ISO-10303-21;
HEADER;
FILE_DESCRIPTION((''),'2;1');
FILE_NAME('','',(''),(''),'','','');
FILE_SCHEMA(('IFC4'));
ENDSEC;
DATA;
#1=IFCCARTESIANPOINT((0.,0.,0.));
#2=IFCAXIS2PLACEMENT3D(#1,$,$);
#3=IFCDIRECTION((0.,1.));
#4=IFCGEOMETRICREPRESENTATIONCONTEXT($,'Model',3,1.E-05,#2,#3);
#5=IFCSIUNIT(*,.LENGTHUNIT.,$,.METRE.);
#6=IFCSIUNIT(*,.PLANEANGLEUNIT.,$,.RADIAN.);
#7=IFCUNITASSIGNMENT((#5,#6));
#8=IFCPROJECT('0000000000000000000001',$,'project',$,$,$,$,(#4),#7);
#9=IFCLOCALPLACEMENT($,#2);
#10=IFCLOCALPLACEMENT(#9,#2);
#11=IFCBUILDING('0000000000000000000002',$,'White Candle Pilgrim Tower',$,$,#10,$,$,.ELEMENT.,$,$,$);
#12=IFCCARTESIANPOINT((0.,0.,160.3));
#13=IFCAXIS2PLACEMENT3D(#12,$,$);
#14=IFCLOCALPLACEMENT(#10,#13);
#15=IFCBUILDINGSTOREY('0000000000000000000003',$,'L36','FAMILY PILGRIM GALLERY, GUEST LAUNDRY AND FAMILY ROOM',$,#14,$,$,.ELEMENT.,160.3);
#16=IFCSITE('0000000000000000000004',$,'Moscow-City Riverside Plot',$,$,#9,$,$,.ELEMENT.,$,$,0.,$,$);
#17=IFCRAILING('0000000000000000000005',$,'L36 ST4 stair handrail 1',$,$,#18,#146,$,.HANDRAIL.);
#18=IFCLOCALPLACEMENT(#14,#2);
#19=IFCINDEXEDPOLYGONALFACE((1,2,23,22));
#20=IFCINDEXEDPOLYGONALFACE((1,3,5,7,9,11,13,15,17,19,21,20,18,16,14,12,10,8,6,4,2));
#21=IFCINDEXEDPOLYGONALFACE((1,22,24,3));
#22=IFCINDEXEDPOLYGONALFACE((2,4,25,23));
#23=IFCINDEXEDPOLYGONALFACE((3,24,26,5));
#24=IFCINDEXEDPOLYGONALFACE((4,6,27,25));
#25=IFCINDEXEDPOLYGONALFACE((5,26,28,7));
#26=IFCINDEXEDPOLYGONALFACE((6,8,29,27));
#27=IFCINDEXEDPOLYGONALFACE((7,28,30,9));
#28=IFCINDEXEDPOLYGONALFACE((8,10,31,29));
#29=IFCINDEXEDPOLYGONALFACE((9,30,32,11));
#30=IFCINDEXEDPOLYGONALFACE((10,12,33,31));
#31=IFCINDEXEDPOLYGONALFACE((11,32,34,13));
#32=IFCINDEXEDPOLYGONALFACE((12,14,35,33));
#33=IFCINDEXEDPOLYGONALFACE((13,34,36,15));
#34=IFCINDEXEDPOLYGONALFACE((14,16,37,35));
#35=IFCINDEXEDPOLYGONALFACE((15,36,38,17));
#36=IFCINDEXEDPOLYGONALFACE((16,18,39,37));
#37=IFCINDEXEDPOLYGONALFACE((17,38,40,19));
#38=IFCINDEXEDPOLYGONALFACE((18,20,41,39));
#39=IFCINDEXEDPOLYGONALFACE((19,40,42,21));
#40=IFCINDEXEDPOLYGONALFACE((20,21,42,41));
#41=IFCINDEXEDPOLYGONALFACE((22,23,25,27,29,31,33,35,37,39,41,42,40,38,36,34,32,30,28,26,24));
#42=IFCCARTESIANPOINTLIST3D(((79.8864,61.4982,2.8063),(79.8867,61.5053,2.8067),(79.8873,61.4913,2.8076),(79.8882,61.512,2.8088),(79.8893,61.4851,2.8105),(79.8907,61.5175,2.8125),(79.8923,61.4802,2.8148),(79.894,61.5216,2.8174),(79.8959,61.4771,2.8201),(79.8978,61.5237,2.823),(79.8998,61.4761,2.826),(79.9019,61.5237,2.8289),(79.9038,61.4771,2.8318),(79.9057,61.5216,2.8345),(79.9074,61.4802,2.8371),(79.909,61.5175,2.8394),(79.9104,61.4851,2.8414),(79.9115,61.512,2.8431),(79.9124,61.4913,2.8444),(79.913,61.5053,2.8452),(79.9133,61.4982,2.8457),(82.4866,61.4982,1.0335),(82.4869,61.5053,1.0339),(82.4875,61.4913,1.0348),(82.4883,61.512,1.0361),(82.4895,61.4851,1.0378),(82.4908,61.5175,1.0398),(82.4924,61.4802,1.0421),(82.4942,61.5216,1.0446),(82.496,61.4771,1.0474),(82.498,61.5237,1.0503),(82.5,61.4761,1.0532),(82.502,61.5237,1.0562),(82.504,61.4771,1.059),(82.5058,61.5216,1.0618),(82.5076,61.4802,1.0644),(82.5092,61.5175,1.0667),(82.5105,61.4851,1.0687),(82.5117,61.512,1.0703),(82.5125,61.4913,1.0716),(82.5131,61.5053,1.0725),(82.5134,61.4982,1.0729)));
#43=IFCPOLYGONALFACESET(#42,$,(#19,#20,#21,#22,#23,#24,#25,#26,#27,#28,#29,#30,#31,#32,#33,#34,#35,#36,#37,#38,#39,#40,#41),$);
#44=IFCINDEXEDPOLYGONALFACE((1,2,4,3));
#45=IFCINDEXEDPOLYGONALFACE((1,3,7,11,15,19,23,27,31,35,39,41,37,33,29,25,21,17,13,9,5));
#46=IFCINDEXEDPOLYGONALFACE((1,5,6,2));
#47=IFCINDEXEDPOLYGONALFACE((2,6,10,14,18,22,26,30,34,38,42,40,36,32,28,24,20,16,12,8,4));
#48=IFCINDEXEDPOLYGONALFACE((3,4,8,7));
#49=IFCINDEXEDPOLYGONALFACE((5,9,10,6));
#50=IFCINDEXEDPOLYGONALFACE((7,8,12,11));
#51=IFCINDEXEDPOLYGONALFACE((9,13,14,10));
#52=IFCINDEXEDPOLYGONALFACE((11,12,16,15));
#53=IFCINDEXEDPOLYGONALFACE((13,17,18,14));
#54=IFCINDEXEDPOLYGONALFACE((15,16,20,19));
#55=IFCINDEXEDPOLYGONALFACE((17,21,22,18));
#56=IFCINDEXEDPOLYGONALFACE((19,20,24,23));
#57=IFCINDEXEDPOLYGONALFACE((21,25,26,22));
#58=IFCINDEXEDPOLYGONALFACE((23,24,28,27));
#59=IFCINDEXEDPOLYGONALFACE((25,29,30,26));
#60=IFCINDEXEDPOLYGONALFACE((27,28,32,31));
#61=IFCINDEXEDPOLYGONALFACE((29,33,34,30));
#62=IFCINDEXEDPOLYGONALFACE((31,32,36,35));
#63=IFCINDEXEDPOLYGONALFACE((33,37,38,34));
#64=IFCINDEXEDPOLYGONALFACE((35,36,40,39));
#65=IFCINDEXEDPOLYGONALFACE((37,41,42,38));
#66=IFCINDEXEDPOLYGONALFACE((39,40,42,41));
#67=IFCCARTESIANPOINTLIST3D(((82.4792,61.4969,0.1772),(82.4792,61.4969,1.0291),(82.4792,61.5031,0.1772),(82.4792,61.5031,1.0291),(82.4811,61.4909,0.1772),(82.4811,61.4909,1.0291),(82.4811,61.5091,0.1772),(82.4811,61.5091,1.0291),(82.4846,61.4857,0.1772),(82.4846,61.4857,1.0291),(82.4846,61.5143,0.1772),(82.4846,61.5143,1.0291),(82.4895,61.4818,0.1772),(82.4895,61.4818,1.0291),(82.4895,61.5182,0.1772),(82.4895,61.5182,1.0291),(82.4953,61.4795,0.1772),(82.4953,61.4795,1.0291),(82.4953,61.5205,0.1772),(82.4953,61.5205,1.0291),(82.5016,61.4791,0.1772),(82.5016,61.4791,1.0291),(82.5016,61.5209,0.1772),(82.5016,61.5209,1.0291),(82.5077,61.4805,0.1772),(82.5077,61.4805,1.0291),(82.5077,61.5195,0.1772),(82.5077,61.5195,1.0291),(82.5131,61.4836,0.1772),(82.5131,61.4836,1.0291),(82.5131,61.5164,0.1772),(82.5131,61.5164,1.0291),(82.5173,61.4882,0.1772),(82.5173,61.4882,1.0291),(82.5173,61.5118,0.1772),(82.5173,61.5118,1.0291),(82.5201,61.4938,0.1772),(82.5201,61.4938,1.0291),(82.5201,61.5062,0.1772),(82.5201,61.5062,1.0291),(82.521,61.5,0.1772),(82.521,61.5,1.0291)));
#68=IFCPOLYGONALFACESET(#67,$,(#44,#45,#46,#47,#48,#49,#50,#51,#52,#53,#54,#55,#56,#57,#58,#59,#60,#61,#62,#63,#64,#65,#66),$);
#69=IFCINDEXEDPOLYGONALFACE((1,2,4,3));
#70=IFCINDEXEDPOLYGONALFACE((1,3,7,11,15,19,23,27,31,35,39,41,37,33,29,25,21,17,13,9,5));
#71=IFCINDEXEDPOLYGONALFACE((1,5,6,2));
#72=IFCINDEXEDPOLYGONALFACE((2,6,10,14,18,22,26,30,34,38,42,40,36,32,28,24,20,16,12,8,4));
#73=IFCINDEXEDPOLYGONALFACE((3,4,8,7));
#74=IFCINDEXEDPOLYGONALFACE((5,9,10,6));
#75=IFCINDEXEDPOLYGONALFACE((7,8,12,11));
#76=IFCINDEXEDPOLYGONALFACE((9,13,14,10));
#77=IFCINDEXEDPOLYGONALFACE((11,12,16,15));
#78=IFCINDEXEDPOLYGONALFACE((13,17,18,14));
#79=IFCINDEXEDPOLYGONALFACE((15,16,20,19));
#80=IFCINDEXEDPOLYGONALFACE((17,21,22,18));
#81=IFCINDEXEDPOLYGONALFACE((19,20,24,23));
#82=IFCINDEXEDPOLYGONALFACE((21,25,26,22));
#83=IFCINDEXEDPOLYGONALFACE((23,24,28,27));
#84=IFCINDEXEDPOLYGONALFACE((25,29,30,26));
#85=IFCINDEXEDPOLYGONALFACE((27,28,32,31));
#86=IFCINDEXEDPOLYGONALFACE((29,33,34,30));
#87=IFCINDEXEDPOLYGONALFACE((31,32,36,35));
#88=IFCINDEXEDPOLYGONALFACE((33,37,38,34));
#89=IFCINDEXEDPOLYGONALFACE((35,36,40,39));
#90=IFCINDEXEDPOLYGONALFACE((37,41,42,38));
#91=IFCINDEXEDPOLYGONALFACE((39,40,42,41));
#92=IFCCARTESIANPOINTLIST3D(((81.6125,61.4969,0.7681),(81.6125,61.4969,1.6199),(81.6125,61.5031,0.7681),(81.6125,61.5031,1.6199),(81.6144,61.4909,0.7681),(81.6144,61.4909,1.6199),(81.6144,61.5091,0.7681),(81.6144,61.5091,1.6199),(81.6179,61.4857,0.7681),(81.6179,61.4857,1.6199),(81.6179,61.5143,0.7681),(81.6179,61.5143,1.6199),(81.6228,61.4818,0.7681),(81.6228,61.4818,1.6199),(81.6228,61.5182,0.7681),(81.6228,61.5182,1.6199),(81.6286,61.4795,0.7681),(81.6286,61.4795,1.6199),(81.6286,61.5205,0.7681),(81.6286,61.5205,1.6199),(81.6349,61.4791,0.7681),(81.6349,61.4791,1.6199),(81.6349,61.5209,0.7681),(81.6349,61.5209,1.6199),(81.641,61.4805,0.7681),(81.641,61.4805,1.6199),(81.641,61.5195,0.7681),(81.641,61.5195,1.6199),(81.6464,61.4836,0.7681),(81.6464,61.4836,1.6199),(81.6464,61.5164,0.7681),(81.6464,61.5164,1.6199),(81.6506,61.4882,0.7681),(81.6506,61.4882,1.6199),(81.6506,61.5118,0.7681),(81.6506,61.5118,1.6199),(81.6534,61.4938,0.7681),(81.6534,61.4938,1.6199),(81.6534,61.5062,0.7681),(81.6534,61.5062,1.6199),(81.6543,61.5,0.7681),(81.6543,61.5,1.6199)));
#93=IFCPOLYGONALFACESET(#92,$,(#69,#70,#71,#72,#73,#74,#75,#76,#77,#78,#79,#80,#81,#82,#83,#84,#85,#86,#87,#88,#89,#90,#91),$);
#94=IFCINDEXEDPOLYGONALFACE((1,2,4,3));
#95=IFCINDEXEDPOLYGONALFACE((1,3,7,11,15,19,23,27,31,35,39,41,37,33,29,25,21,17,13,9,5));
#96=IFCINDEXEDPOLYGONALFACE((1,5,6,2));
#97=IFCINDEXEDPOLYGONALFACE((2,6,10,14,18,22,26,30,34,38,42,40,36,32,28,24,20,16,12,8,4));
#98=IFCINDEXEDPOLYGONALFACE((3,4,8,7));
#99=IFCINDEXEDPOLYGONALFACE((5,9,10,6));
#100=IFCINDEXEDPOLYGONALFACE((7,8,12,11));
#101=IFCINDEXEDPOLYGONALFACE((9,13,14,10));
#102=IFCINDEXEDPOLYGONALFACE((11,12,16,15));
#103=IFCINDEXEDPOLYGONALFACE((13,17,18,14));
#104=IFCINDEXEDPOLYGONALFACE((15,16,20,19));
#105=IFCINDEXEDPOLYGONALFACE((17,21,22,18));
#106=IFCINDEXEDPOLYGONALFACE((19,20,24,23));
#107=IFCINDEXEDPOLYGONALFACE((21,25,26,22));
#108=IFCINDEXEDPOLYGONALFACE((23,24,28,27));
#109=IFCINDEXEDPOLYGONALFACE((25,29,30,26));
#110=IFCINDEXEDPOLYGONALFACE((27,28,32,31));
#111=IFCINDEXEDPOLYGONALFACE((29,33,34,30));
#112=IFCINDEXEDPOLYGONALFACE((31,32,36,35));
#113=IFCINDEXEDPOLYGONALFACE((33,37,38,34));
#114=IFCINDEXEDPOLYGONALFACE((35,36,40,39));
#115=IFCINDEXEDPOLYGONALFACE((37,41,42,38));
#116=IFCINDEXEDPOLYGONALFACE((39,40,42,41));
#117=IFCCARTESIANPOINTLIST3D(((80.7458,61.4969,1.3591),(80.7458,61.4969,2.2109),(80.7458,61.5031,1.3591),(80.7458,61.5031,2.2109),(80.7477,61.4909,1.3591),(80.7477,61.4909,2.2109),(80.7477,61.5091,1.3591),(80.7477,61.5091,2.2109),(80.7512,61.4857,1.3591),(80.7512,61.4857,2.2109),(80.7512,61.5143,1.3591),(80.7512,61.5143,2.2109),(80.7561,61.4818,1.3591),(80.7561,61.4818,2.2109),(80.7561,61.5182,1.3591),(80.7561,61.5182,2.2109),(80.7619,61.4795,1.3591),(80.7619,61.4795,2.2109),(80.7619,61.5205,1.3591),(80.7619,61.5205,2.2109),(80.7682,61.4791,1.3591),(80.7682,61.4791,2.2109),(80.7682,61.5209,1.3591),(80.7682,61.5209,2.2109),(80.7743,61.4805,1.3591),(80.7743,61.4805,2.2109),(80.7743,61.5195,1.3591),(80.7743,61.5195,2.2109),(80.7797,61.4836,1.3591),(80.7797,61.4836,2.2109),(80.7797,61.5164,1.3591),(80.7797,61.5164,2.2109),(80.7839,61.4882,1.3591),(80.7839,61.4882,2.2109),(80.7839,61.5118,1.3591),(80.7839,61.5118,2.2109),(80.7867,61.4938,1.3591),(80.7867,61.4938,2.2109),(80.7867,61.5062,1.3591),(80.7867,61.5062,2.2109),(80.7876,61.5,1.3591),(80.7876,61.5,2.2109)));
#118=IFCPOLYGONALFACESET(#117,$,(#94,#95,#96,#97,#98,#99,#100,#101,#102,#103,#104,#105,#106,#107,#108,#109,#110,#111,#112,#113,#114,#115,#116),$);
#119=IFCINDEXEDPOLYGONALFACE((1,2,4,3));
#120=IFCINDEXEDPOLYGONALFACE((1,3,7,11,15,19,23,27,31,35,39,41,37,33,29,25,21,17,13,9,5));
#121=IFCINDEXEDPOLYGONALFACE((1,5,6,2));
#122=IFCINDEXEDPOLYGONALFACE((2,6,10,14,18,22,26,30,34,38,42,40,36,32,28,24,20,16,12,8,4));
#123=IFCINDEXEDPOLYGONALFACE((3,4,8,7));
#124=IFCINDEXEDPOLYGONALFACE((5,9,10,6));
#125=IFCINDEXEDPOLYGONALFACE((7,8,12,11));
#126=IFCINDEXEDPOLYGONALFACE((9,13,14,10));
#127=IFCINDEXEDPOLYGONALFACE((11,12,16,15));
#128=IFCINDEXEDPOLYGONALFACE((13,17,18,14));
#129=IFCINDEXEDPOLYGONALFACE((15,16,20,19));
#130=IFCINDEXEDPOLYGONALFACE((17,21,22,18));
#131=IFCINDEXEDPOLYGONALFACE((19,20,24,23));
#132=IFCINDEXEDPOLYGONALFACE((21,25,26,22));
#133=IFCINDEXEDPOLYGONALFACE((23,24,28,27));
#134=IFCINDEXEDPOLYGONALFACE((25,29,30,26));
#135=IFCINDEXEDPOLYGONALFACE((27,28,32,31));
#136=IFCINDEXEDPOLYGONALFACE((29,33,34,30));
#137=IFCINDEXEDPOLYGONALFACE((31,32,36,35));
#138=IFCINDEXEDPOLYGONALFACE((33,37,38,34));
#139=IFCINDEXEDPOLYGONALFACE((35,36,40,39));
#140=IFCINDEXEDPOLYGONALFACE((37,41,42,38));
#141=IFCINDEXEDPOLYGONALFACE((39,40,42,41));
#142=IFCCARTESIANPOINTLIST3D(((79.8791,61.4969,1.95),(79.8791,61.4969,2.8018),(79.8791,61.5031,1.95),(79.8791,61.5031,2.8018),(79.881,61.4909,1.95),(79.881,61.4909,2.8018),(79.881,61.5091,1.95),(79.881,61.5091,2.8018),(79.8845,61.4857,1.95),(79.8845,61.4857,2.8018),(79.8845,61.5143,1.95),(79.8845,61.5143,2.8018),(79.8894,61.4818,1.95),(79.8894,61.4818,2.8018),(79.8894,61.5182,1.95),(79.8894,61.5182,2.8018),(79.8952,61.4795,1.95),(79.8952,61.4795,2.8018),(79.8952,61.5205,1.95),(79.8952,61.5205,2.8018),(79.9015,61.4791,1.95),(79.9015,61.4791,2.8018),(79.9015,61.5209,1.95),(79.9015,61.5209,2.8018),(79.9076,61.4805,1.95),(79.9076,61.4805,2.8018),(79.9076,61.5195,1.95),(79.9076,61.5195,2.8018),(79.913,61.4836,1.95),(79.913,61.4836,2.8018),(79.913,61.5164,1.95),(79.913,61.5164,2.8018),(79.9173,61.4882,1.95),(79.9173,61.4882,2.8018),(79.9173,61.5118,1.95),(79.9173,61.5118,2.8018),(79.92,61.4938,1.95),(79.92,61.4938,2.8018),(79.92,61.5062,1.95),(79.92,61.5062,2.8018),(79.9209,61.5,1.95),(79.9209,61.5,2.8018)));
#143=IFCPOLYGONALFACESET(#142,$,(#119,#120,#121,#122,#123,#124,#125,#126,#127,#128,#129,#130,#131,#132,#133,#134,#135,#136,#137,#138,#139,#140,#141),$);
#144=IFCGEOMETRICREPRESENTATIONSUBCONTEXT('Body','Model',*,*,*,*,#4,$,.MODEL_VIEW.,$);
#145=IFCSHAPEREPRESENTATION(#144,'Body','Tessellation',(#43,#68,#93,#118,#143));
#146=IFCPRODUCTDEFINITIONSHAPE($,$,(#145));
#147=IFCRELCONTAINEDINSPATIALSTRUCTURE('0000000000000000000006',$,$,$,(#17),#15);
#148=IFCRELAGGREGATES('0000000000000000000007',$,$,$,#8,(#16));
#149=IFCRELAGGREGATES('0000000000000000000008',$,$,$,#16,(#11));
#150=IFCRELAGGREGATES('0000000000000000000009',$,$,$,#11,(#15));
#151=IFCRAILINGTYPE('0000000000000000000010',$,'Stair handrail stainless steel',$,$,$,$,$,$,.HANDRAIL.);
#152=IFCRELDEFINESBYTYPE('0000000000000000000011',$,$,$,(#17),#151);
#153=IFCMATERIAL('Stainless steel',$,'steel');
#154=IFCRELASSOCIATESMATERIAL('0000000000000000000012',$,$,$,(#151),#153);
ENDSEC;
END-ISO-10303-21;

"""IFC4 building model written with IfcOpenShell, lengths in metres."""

from ifc_helpers import new_model, si_unit, direction, frame, origin, origin_2d, place, context, subcontext, project, spatial, circle, extrude, material, type_object, element, save


model = new_model("IFC4")

# Units and contexts
model_context = context("Model", 3, precision=1e-05, world=origin(), true_north=direction((0.0, 1.0)))
body_context = subcontext(model_context, "Body", "Model", "MODEL_VIEW")
ifc_project = project(units=[si_unit("LENGTHUNIT", "METRE"), si_unit("PLANEANGLEUNIT", "RADIAN")], contexts=[model_context])

# Site, building, storey
site_placement = place(None, origin())
site = spatial("IfcSite", under=ifc_project, at=site_placement, Name="Moscow-City Riverside Plot", CompositionType="ELEMENT", RefElevation=0.0)
building_placement = place(site_placement, origin())
building = spatial("IfcBuilding", under=site, at=building_placement, Name="White Candle Pilgrim Tower", CompositionType="ELEMENT")
storey_placement = place(building_placement, frame((0.0, 0.0, 160.3)))
storey = spatial("IfcBuildingStorey", under=building, at=storey_placement, Name="L36", Description="FAMILY PILGRIM GALLERY, GUEST LAUNDRY AND FAMILY ROOM", CompositionType="ELEMENT", Elevation=160.3)

# Railing
ifc_material_1 = material(Name="Stainless steel", Category="steel")
railing_type_1 = type_object("IfcRailingType", Name="Stair handrail stainless steel", PredefinedType="HANDRAIL", material=ifc_material_1)
railing_1_placement = place(storey_placement, frame((82.5, 61.5, 0.1772)))
element("IfcRailing", 1, at=railing_1_placement, inside=storey, type_object=railing_type_1, Name="L36 ST4 stair handrail 1", PredefinedType="HANDRAIL", context=body_context, shape_type="SweptSolid", body=[
    extrude(circle(Radius=0.0239, at=origin_2d()), frame((0.0, 0.0, 0.876), z_axis=(-0.82624, 0.0, 0.563318), x_axis=(0.0, -1.0, 0.0)), (0.0, 0.0, 1.0), 3.147),
    extrude(circle(Radius=0.021, at=origin_2d()), origin(), (0.0, 0.0, 1.0), 0.8518),
    extrude(circle(Radius=0.021, at=origin_2d()), frame((-0.8667, 0.0, 0.5908)), (0.0, 0.0, 1.0), 0.8518),
    extrude(circle(Radius=0.021, at=origin_2d()), frame((-1.7334, 0.0, 1.1819)), (0.0, 0.0, 1.0), 0.8518),
    extrude(circle(Radius=0.021, at=origin_2d()), frame((-2.6001, 0.0, 1.7727)), (0.0, 0.0, 1.0), 0.8518),
])

save(model, "model.ifc")
